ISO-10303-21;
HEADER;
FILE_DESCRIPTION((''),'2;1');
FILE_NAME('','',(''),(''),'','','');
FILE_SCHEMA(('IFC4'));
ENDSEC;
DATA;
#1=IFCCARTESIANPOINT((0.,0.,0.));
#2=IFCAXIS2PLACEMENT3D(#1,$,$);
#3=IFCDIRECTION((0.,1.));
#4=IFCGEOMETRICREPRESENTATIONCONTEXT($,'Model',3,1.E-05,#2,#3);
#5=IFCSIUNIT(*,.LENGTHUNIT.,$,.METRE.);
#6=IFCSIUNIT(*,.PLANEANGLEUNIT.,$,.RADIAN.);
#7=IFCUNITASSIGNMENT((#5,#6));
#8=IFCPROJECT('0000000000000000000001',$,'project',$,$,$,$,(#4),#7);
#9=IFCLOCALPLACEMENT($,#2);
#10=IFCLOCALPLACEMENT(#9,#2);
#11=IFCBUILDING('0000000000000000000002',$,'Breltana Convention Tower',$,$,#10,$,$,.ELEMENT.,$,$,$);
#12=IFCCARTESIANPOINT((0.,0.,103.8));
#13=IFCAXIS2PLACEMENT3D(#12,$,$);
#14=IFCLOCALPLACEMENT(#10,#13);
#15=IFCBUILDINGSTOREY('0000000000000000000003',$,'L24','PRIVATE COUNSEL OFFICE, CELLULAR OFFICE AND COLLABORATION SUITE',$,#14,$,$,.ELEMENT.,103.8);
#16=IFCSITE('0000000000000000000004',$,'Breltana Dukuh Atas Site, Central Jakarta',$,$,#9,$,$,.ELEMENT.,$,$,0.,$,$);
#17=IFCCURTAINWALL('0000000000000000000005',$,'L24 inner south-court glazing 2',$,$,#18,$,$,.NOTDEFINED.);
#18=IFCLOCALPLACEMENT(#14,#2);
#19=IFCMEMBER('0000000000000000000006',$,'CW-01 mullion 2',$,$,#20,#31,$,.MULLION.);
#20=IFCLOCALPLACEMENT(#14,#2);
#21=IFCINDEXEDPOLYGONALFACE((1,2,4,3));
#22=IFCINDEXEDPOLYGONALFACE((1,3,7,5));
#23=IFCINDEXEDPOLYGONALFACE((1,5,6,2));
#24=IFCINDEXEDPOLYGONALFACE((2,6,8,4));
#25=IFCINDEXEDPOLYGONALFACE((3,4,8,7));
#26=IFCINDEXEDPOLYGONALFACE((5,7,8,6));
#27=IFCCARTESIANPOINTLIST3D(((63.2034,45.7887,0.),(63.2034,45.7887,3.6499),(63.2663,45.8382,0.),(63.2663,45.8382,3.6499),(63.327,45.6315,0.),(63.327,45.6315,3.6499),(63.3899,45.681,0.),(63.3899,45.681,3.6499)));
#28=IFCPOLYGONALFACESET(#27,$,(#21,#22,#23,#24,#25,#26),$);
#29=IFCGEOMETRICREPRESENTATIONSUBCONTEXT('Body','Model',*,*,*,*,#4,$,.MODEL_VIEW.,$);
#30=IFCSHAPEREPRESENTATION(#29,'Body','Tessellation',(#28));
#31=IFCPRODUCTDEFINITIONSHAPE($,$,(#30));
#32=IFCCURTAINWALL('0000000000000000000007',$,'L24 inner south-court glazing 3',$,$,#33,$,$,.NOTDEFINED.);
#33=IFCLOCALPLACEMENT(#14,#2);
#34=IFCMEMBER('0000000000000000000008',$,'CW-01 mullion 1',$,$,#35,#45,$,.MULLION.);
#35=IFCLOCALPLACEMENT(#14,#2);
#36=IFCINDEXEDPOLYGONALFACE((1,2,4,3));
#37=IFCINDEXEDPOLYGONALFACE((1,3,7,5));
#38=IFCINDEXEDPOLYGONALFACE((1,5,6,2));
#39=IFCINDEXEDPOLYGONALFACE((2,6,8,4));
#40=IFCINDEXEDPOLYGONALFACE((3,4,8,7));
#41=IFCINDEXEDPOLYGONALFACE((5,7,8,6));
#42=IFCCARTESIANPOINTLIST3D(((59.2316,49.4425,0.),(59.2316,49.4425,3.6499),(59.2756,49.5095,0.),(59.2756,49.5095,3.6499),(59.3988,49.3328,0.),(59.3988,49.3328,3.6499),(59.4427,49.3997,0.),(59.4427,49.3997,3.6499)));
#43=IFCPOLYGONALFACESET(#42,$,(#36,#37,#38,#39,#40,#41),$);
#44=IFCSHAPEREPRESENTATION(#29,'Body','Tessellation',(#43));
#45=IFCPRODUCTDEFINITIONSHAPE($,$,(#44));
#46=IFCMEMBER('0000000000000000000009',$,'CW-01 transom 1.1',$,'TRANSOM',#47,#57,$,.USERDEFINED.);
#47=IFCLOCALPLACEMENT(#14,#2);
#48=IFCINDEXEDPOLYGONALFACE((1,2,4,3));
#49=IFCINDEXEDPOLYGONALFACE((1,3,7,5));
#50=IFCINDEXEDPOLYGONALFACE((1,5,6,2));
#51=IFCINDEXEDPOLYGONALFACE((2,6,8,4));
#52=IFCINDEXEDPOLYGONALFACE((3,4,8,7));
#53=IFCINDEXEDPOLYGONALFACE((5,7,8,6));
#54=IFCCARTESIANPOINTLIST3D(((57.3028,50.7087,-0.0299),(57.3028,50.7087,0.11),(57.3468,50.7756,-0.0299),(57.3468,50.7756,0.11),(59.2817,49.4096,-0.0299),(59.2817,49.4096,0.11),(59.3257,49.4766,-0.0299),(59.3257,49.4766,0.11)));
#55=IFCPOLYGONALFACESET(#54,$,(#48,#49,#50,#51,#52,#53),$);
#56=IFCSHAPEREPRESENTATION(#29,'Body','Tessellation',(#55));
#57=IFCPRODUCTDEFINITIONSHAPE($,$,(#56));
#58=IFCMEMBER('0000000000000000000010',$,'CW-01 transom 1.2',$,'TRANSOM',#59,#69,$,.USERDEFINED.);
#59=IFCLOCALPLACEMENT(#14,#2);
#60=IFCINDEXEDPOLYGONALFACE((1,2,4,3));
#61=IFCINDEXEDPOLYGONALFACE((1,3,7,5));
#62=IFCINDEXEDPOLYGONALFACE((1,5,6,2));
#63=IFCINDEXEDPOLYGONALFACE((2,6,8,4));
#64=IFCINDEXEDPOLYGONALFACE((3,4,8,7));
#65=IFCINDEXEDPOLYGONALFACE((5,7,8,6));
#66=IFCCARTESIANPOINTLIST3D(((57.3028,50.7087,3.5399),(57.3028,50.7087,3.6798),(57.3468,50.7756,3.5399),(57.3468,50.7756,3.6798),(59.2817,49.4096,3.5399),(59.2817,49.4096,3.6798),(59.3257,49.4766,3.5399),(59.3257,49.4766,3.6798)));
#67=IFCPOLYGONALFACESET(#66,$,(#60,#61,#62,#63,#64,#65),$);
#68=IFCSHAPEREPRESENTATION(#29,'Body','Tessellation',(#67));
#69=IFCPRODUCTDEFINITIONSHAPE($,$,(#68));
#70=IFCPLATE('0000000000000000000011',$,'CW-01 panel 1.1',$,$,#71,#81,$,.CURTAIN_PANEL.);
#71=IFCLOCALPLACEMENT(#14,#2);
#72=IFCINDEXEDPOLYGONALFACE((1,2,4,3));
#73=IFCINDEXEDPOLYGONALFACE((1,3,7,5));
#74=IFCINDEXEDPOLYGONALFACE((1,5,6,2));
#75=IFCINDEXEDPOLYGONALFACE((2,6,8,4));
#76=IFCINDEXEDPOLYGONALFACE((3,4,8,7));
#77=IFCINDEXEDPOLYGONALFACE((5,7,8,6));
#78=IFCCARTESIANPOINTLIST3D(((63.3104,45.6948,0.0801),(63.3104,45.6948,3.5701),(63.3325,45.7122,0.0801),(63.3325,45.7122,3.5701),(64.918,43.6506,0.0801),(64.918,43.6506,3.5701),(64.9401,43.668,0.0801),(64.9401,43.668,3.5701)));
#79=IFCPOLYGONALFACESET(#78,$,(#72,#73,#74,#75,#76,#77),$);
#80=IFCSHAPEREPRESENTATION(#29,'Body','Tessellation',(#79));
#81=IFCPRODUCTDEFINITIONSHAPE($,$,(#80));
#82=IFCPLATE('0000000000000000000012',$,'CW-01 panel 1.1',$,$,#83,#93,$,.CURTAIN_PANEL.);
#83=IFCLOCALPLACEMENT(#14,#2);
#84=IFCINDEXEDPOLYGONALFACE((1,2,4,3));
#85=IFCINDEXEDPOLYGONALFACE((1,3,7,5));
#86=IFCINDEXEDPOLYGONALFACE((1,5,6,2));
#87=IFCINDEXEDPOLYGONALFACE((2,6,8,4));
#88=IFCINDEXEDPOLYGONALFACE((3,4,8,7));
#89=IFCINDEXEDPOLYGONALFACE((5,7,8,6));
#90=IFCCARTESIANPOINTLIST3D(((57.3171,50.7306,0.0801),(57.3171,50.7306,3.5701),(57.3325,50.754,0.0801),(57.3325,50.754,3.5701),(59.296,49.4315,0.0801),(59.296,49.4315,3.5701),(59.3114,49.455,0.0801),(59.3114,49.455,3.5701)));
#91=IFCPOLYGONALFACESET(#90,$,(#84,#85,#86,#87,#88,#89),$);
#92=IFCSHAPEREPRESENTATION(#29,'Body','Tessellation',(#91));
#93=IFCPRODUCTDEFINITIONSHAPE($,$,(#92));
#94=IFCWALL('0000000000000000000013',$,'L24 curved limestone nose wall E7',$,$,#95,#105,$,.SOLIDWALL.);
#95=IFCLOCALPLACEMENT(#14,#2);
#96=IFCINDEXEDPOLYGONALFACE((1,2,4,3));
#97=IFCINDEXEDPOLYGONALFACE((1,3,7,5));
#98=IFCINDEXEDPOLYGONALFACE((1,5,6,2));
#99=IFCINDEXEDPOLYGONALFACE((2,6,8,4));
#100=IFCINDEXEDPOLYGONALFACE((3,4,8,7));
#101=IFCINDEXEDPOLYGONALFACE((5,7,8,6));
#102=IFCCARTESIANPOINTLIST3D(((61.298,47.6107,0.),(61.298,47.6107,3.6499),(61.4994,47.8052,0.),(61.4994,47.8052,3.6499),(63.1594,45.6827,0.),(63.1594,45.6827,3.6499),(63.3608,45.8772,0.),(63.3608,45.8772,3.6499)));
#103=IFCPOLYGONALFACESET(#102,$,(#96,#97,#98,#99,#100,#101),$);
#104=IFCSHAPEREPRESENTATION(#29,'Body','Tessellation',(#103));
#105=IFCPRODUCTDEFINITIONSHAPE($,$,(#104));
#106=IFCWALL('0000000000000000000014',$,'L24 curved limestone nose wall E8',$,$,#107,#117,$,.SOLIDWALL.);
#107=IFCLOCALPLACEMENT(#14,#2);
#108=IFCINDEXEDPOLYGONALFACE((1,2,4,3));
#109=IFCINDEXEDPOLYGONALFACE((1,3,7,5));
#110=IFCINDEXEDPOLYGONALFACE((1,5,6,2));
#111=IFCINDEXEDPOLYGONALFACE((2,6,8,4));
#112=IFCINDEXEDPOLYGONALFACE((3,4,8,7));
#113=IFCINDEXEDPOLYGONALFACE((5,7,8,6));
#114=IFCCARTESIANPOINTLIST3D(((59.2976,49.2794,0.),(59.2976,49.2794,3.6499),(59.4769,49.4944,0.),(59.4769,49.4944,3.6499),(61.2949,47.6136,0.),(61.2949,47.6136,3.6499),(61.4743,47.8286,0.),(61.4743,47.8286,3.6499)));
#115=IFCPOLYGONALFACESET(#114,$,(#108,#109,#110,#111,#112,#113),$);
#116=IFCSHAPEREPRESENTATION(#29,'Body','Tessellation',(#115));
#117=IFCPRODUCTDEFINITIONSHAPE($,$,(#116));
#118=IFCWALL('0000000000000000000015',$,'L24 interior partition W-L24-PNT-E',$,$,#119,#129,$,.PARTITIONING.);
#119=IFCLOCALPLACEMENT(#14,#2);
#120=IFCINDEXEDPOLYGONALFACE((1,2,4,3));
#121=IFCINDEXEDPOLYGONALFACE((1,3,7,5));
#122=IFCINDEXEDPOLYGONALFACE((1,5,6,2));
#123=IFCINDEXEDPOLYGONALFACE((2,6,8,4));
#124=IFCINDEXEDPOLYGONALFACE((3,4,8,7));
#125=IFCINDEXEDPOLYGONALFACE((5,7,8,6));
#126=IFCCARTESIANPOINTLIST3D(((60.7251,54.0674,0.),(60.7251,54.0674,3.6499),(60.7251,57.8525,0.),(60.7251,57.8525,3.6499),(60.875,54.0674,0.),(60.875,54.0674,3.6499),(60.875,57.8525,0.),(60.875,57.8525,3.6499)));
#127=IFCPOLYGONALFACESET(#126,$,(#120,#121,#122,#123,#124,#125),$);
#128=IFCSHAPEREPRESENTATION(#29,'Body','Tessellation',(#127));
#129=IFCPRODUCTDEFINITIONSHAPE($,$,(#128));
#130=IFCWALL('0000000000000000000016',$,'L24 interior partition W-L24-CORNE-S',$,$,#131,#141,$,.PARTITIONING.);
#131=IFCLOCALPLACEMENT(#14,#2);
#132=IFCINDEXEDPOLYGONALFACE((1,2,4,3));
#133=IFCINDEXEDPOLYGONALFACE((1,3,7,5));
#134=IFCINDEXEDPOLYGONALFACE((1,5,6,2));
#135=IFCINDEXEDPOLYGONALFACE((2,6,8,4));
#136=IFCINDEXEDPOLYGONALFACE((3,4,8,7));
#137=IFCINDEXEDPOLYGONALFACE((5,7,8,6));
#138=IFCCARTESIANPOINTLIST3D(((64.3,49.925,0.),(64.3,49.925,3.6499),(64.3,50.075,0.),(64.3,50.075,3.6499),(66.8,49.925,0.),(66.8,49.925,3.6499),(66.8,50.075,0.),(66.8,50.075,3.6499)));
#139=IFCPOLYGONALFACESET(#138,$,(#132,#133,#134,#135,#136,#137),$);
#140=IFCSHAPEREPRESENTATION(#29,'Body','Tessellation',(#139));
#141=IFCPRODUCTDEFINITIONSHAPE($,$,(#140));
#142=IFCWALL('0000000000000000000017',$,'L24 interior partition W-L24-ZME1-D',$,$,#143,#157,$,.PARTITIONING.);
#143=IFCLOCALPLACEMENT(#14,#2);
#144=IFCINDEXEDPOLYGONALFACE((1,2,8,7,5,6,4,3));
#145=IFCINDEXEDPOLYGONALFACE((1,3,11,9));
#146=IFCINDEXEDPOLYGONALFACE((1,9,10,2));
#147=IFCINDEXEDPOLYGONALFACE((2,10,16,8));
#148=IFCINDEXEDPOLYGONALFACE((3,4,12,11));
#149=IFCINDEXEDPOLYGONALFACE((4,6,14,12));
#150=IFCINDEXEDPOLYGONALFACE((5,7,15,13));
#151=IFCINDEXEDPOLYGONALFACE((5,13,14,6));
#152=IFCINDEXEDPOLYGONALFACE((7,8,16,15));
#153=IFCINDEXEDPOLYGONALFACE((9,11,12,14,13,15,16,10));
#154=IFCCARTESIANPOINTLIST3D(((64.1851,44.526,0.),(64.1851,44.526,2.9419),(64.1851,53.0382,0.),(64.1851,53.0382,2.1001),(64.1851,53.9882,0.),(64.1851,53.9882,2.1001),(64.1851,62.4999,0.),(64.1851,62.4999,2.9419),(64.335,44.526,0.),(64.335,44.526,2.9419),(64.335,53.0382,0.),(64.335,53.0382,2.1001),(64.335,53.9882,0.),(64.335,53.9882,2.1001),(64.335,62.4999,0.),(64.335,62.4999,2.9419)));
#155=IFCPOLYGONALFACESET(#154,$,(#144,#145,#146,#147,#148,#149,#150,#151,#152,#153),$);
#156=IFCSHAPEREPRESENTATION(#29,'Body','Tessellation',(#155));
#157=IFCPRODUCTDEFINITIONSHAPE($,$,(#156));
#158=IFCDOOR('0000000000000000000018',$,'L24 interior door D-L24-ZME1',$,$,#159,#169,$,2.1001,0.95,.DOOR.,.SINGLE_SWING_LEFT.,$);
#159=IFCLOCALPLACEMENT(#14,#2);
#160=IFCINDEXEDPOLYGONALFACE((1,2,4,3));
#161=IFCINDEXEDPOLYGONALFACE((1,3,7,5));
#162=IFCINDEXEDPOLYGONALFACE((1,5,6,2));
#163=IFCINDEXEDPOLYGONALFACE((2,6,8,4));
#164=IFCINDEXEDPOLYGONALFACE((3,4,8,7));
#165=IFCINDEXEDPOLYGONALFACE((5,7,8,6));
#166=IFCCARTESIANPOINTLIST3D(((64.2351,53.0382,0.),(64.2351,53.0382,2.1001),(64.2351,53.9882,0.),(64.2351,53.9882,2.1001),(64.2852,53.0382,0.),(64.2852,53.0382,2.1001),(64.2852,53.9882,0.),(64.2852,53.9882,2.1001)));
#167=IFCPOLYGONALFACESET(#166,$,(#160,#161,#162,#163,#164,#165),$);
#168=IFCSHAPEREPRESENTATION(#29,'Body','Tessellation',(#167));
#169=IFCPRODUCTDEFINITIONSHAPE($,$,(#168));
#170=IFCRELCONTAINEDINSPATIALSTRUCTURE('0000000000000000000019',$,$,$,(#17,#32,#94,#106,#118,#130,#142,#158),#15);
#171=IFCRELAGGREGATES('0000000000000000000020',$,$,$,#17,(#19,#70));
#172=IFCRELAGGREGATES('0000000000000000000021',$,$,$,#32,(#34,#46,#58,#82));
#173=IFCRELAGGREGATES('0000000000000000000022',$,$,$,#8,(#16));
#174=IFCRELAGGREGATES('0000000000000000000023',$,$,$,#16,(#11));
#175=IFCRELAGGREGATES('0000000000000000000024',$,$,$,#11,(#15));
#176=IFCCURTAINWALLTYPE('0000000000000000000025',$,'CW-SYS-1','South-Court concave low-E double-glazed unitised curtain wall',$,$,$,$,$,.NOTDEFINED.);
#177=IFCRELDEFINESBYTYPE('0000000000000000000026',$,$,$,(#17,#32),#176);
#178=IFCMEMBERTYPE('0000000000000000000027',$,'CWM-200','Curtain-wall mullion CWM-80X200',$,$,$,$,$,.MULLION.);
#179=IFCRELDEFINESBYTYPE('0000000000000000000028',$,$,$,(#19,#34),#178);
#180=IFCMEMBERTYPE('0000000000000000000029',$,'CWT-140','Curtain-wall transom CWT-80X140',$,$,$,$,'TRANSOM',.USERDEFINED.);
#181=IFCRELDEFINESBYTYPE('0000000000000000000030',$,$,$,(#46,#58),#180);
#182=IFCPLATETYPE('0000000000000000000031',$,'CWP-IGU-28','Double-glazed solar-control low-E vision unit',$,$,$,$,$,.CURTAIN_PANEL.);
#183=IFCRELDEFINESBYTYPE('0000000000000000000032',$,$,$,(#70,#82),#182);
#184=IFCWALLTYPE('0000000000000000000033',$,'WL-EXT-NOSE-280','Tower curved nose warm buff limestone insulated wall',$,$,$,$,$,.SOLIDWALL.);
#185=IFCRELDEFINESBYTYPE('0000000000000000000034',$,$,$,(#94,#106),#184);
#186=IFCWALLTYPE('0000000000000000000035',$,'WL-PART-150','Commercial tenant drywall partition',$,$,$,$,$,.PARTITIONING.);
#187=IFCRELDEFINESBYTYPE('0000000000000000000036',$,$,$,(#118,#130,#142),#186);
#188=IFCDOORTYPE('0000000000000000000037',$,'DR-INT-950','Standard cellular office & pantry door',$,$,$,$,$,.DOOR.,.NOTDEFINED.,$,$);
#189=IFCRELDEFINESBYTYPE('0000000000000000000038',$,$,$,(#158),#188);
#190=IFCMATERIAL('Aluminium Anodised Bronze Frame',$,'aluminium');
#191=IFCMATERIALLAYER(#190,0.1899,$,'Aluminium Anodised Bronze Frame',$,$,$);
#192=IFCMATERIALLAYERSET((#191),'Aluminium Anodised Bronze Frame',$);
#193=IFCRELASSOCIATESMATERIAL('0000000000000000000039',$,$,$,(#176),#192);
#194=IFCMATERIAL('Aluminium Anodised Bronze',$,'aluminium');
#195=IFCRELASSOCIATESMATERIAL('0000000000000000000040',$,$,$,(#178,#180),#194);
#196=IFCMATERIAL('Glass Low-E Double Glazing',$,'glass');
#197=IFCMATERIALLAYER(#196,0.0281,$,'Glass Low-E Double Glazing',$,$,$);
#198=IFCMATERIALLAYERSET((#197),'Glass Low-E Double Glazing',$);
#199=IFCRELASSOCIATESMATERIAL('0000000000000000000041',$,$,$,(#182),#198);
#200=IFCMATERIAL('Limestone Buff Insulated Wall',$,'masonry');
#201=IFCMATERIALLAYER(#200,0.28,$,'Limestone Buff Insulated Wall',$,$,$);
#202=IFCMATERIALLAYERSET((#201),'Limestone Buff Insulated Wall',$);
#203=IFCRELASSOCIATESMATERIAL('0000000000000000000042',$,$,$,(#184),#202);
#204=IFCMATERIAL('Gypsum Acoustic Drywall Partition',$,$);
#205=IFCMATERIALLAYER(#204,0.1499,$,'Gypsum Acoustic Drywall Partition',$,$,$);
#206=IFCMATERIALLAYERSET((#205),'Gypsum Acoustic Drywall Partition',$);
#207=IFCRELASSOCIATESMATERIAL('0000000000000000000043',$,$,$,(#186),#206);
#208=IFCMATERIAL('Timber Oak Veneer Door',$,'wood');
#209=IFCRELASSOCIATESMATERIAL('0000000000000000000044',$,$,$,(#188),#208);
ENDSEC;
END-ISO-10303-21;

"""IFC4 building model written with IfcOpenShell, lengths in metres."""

from ifc_helpers import new_model, si_unit, direction, frame, frame_2d, origin, origin_2d, place, context, subcontext, project, spatial, rectangle, extrude, source, transform, mapped, material, layer, layer_set, material_profile, profile_set, type_object, type_shapes, element, fill, aggregate, save


model = new_model("IFC4")

# Units and contexts
model_context = context("Model", 3, precision=1e-05, world=origin(), true_north=direction((0.0, 1.0)))
body_context = subcontext(model_context, "Body", "Model", "MODEL_VIEW")
ifc_project = project(units=[si_unit("LENGTHUNIT", "METRE"), si_unit("PLANEANGLEUNIT", "RADIAN")], contexts=[model_context])

# Site, building, storey
site_placement = place(None, origin())
site = spatial("IfcSite", under=ifc_project, at=site_placement, Name="Breltana Dukuh Atas Site, Central Jakarta", CompositionType="ELEMENT", RefElevation=0.0)
building_placement = place(site_placement, origin())
building = spatial("IfcBuilding", under=site, at=building_placement, Name="Breltana Convention Tower", CompositionType="ELEMENT")
storey_placement = place(building_placement, frame((0.0, 0.0, 103.8)))
storey = spatial("IfcBuildingStorey", under=building, at=storey_placement, Name="L24", Description="PRIVATE COUNSEL OFFICE, CELLULAR OFFICE AND COLLABORATION SUITE", CompositionType="ELEMENT", Elevation=103.8)

# Curtain wall, member
ifc_material_1 = material(Name="Aluminium Anodised Bronze Frame", Category="aluminium")
ifc_layer_1 = layer(ifc_material_1, 0.1899, Name="Aluminium Anodised Bronze Frame")
ifc_layer_set_1 = layer_set([ifc_layer_1], Name="Aluminium Anodised Bronze Frame")
curtain_wall_type = type_object("IfcCurtainWallType", Name="CW-SYS-1", Description="South-Court concave low-E double-glazed unitised curtain wall", PredefinedType="NOTDEFINED", material=ifc_layer_set_1)
curtain_wall_1_placement = place(storey_placement, origin())
curtain_wall_1 = element("IfcCurtainWall", 1, at=curtain_wall_1_placement, inside=storey, type_object=curtain_wall_type, Name="L24 inner south-court glazing 2", PredefinedType="NOTDEFINED")
ifc_material_2 = material(Name="Aluminium Anodised Bronze", Category="aluminium")
ifc_material_profile_1 = material_profile(ifc_material_2, rectangle(XDim=0.0801, YDim=0.2, at=origin_2d()), Name="CWM-80X200")
ifc_profile_set_1 = profile_set([ifc_material_profile_1], Name="Aluminium Anodised Bronze")
member_type_1 = type_object("IfcMemberType", Name="CWM-200", Description="Curtain-wall mullion CWM-80X200", PredefinedType="MULLION", material=ifc_profile_set_1)
shared_shape_1 = source(origin(), body_context, "Body", "SweptSolid", [
    extrude(rectangle(XDim=0.0801, YDim=0.2, at=origin_2d()), origin(), (0.0, 0.0, 1.0), 3.6499),
])
member_1_placement = place(storey_placement, frame((63.2966, 45.7349, 0.0), z_axis=(0.0, 0.0, 1.0), x_axis=(-0.786054, -0.618157, 0.0)))
member_1 = element("IfcMember", 2, at=member_1_placement, type_object=member_type_1, Name="CW-01 mullion 2", PredefinedType="MULLION", context=body_context, shape_type="MappedRepresentation", body=[
    mapped(shared_shape_1, transform((0.0, 0.0, 0.0), scale=1.0)),
])

# Curtain wall, members
curtain_wall_2_placement = place(storey_placement, origin())
curtain_wall_2 = element("IfcCurtainWall", 3, at=curtain_wall_2_placement, inside=storey, type_object=curtain_wall_type, Name="L24 inner south-court glazing 3", PredefinedType="NOTDEFINED")
member_2_placement = place(storey_placement, frame((59.3372, 49.4211, 0.0), z_axis=(0.0, 0.0, 1.0), x_axis=(-0.548778, -0.835968, 0.0)))
member_2 = element("IfcMember", 4, at=member_2_placement, type_object=member_type_1, Name="CW-01 mullion 1", PredefinedType="MULLION", context=body_context, shape_type="MappedRepresentation", body=[
    mapped(shared_shape_1, transform((0.0, 0.0, 0.0), scale=1.0)),
])
ifc_material_profile_2 = material_profile(ifc_material_2, rectangle(XDim=0.0801, YDim=0.1399, at=origin_2d()), Name="CWT-80X140")
ifc_profile_set_2 = profile_set([ifc_material_profile_2], Name="Aluminium Anodised Bronze")
member_type_2 = type_object("IfcMemberType", Name="CWT-140", Description="Curtain-wall transom CWT-80X140", ElementType="TRANSOM", PredefinedType="USERDEFINED", material=ifc_profile_set_2)
shared_shape_2 = source(origin(), body_context, "Body", "SweptSolid", [
    extrude(rectangle(XDim=0.0801, YDim=0.1399, at=origin_2d()), origin(), (0.0, 0.0, 1.0), 2.3672),
])
member_3_placement = place(storey_placement, frame((59.3037, 49.4431, 0.04), z_axis=(-0.83598, 0.54876, 0.0), x_axis=(-0.54876, -0.83598, 0.0)))
member_3 = element("IfcMember", 5, at=member_3_placement, type_object=member_type_2, Name="CW-01 transom 1.1", ObjectType="TRANSOM", PredefinedType="USERDEFINED", context=body_context, shape_type="MappedRepresentation", body=[
    mapped(shared_shape_2, transform((0.0, 0.0, 0.0), scale=1.0)),
])
member_4_placement = place(storey_placement, frame((59.3037, 49.4431, 3.6099), z_axis=(-0.83598, 0.54876, 0.0), x_axis=(-0.54876, -0.83598, 0.0)))
member_4 = element("IfcMember", 6, at=member_4_placement, type_object=member_type_2, Name="CW-01 transom 1.2", ObjectType="TRANSOM", PredefinedType="USERDEFINED", context=body_context, shape_type="MappedRepresentation", body=[
    mapped(shared_shape_2, transform((0.0, 0.0, 0.0), scale=1.0)),
])

# Plates
ifc_material_3 = material(Name="Glass Low-E Double Glazing", Category="glass")
ifc_layer_2 = layer(ifc_material_3, 0.0281, Name="Glass Low-E Double Glazing")
ifc_layer_set_2 = layer_set([ifc_layer_2], Name="Glass Low-E Double Glazing")
plate_type = type_object("IfcPlateType", Name="CWP-IGU-28", Description="Double-glazed solar-control low-E vision unit", PredefinedType="CURTAIN_PANEL", material=ifc_layer_set_2)
shared_shape_3 = source(origin(), body_context, "Body", "SweptSolid", [
    extrude(rectangle(XDim=2.6006, YDim=0.0281, at=origin_2d()), origin(), (0.0, 0.0, 1.0), 3.49),
])
plate_1_placement = place(storey_placement, frame((64.1252, 44.6814, 0.0801), z_axis=(0.0, 0.0, 1.0), x_axis=(-0.618157, 0.786054, 0.0)))
plate_1 = element("IfcPlate", 7, at=plate_1_placement, type_object=plate_type, Name="CW-01 panel 1.1", PredefinedType="CURTAIN_PANEL", context=body_context, shape_type="MappedRepresentation", body=[
    mapped(shared_shape_3, transform((0.0, 0.0, 0.0), scale=1.0)),
])
aggregate(curtain_wall_1, [member_1, plate_1])
shared_shape_4 = source(origin(), body_context, "Body", "SweptSolid", [
    extrude(rectangle(XDim=2.3672, YDim=0.0281, at=origin_2d()), origin(), (0.0, 0.0, 1.0), 3.49),
])
plate_2_placement = place(storey_placement, frame((58.3142, 50.0928, 0.0801), z_axis=(0.0, 0.0, 1.0), x_axis=(-0.835968, 0.548778, 0.0)))
plate_2 = element("IfcPlate", 8, at=plate_2_placement, type_object=plate_type, Name="CW-01 panel 1.1", PredefinedType="CURTAIN_PANEL", context=body_context, shape_type="MappedRepresentation", body=[
    mapped(shared_shape_4, transform((0.0, 0.0, 0.0), scale=1.0)),
])
aggregate(curtain_wall_2, [member_2, member_3, member_4, plate_2])

# Walls
ifc_material_4 = material(Name="Limestone Buff Insulated Wall", Category="masonry")
ifc_layer_3 = layer(ifc_material_4, 0.28, Name="Limestone Buff Insulated Wall")
ifc_layer_set_3 = layer_set([ifc_layer_3], Name="Limestone Buff Insulated Wall")
wall_type_1 = type_object("IfcWallType", Name="WL-EXT-NOSE-280", Description="Tower curved nose warm buff limestone insulated wall", PredefinedType="SOLIDWALL", material=ifc_layer_set_3)
shared_shape_5 = source(origin(), body_context, "Body", "SweptSolid", [
    extrude(rectangle(XDim=2.6799, YDim=0.28, at=frame_2d((1.3398, 0.0))), origin(), (0.0, 0.0, 1.0), 3.6499),
])
wall_1_placement = place(storey_placement, frame((63.26, 45.78, 0.0), z_axis=(0.0, 0.0, 1.0), x_axis=(-0.694562, 0.719433, 0.0)))
element("IfcWall", 9, at=wall_1_placement, inside=storey, type_object=wall_type_1, Name="L24 curved limestone nose wall E7", PredefinedType="SOLIDWALL", context=body_context, shape_type="MappedRepresentation", body=[
    mapped(shared_shape_5, transform((0.0, 0.0, 0.0), scale=1.0)),
])
shared_shape_6 = source(origin(), body_context, "Body", "SweptSolid", [
    extrude(rectangle(XDim=2.6008, YDim=0.28, at=frame_2d((1.3003, 0.0))), origin(), (0.0, 0.0, 1.0), 3.6499),
])
wall_2_placement = place(storey_placement, frame((61.3845, 47.7212, 0.0), z_axis=(0.0, 0.0, 1.0), x_axis=(-0.767967, 0.640489, 0.0)))
element("IfcWall", 10, at=wall_2_placement, inside=storey, type_object=wall_type_1, Name="L24 curved limestone nose wall E8", PredefinedType="SOLIDWALL", context=body_context, shape_type="MappedRepresentation", body=[
    mapped(shared_shape_6, transform((0.0, 0.0, 0.0), scale=1.0)),
])
ifc_material_5 = material(Name="Gypsum Acoustic Drywall Partition")
ifc_layer_4 = layer(ifc_material_5, 0.1499, Name="Gypsum Acoustic Drywall Partition")
ifc_layer_set_4 = layer_set([ifc_layer_4], Name="Gypsum Acoustic Drywall Partition")
wall_type_2 = type_object("IfcWallType", Name="WL-PART-150", Description="Commercial tenant drywall partition", PredefinedType="PARTITIONING", material=ifc_layer_set_4)
shared_shape_7 = source(origin(), body_context, "Body", "SweptSolid", [
    extrude(rectangle(XDim=3.7852, YDim=0.1499, at=frame_2d((1.8926, 0.0))), origin(), (0.0, 0.0, 1.0), 3.6499),
])
wall_3_placement = place(storey_placement, frame((60.8, 54.0674, 0.0), z_axis=(0.0, 0.0, 1.0), x_axis=(0.0, 1.0, 0.0)))
element("IfcWall", 11, at=wall_3_placement, inside=storey, type_object=wall_type_2, Name="L24 interior partition W-L24-PNT-E", PredefinedType="PARTITIONING", context=body_context, shape_type="MappedRepresentation", body=[
    mapped(shared_shape_7, transform((0.0, 0.0, 0.0), scale=1.0)),
])
shared_shape_8 = source(origin(), body_context, "Body", "SweptSolid", [
    extrude(rectangle(XDim=2.5, YDim=0.1499, at=frame_2d((1.25, 0.0))), origin(), (0.0, 0.0, 1.0), 3.6499),
])
wall_4_placement = place(storey_placement, frame((64.3, 50.0, 0.0), z_axis=(0.0, 0.0, 1.0), x_axis=(1.0, 0.0, 0.0)))
element("IfcWall", 12, at=wall_4_placement, inside=storey, type_object=wall_type_2, Name="L24 interior partition W-L24-CORNE-S", PredefinedType="PARTITIONING", context=body_context, shape_type="MappedRepresentation", body=[
    mapped(shared_shape_8, transform((0.0, 0.0, 0.0), scale=1.0)),
])

# Wall, opening, door
shared_shape_9 = source(origin(), body_context, "Body", "SweptSolid", [
    extrude(rectangle(XDim=17.9739, YDim=0.1499, at=frame_2d((8.9868, 0.0))), origin(), (0.0, 0.0, 1.0), 2.9419),
])
wall_5_placement = place(storey_placement, frame((64.26, 44.5261, 0.0), z_axis=(0.0, 0.0, 1.0), x_axis=(0.0, 1.0, 0.0)))
wall_5 = element("IfcWall", 13, at=wall_5_placement, inside=storey, type_object=wall_type_2, Name="L24 interior partition W-L24-ZME1-D", PredefinedType="PARTITIONING", context=body_context, shape_type="MappedRepresentation", body=[
    mapped(shared_shape_9, transform((0.0, 0.0, 0.0), scale=1.0)),
])
opening_placement = place(wall_5_placement, frame((8.512, 0.0, 0.0)))
opening = element("IfcOpeningElement", 14, at=opening_placement, cuts=wall_5, PredefinedType="OPENING", context=body_context, shape_type="SweptSolid", body=[
    extrude(rectangle(XDim=0.95, YDim=2.1001, at=frame_2d((0.4751, 1.05))), frame((0.0, 0.085, 0.0), z_axis=(0.0, -1.0, 0.0), x_axis=(1.0, 0.0, 0.0)), (0.0, 0.0, 1.0), 0.1699),
])
ifc_material_6 = material(Name="Timber Oak Veneer Door", Category="wood")
door_type = type_object("IfcDoorType", Name="DR-INT-950", Description="Standard cellular office & pantry door", OperationType="NOTDEFINED", PredefinedType="DOOR", material=ifc_material_6)
shared_shape_10 = source(origin(), body_context, "Body", "SweptSolid", [
    extrude(rectangle(XDim=0.95, YDim=2.1001, at=frame_2d((0.4751, 1.05))), frame((0.0, 0.0249, 0.0), z_axis=(0.0, -1.0, 0.0), x_axis=(1.0, 0.0, 0.0)), (0.0, 0.0, 1.0), 0.05),
])
type_shapes(door_type, [shared_shape_10])
door_placement = place(opening_placement, origin())
door = element("IfcDoor", 15, at=door_placement, inside=storey, type_object=door_type, Name="L24 interior door D-L24-ZME1", OperationType="SINGLE_SWING_LEFT", OverallHeight=2.1001, OverallWidth=0.95, PredefinedType="DOOR", context=body_context, shape_type="MappedRepresentation", body=[
    mapped(shared_shape_10, transform((0.0, 0.0, 0.0), scale=1.0)),
])
fill(opening, door)

save(model, "model.ifc")
